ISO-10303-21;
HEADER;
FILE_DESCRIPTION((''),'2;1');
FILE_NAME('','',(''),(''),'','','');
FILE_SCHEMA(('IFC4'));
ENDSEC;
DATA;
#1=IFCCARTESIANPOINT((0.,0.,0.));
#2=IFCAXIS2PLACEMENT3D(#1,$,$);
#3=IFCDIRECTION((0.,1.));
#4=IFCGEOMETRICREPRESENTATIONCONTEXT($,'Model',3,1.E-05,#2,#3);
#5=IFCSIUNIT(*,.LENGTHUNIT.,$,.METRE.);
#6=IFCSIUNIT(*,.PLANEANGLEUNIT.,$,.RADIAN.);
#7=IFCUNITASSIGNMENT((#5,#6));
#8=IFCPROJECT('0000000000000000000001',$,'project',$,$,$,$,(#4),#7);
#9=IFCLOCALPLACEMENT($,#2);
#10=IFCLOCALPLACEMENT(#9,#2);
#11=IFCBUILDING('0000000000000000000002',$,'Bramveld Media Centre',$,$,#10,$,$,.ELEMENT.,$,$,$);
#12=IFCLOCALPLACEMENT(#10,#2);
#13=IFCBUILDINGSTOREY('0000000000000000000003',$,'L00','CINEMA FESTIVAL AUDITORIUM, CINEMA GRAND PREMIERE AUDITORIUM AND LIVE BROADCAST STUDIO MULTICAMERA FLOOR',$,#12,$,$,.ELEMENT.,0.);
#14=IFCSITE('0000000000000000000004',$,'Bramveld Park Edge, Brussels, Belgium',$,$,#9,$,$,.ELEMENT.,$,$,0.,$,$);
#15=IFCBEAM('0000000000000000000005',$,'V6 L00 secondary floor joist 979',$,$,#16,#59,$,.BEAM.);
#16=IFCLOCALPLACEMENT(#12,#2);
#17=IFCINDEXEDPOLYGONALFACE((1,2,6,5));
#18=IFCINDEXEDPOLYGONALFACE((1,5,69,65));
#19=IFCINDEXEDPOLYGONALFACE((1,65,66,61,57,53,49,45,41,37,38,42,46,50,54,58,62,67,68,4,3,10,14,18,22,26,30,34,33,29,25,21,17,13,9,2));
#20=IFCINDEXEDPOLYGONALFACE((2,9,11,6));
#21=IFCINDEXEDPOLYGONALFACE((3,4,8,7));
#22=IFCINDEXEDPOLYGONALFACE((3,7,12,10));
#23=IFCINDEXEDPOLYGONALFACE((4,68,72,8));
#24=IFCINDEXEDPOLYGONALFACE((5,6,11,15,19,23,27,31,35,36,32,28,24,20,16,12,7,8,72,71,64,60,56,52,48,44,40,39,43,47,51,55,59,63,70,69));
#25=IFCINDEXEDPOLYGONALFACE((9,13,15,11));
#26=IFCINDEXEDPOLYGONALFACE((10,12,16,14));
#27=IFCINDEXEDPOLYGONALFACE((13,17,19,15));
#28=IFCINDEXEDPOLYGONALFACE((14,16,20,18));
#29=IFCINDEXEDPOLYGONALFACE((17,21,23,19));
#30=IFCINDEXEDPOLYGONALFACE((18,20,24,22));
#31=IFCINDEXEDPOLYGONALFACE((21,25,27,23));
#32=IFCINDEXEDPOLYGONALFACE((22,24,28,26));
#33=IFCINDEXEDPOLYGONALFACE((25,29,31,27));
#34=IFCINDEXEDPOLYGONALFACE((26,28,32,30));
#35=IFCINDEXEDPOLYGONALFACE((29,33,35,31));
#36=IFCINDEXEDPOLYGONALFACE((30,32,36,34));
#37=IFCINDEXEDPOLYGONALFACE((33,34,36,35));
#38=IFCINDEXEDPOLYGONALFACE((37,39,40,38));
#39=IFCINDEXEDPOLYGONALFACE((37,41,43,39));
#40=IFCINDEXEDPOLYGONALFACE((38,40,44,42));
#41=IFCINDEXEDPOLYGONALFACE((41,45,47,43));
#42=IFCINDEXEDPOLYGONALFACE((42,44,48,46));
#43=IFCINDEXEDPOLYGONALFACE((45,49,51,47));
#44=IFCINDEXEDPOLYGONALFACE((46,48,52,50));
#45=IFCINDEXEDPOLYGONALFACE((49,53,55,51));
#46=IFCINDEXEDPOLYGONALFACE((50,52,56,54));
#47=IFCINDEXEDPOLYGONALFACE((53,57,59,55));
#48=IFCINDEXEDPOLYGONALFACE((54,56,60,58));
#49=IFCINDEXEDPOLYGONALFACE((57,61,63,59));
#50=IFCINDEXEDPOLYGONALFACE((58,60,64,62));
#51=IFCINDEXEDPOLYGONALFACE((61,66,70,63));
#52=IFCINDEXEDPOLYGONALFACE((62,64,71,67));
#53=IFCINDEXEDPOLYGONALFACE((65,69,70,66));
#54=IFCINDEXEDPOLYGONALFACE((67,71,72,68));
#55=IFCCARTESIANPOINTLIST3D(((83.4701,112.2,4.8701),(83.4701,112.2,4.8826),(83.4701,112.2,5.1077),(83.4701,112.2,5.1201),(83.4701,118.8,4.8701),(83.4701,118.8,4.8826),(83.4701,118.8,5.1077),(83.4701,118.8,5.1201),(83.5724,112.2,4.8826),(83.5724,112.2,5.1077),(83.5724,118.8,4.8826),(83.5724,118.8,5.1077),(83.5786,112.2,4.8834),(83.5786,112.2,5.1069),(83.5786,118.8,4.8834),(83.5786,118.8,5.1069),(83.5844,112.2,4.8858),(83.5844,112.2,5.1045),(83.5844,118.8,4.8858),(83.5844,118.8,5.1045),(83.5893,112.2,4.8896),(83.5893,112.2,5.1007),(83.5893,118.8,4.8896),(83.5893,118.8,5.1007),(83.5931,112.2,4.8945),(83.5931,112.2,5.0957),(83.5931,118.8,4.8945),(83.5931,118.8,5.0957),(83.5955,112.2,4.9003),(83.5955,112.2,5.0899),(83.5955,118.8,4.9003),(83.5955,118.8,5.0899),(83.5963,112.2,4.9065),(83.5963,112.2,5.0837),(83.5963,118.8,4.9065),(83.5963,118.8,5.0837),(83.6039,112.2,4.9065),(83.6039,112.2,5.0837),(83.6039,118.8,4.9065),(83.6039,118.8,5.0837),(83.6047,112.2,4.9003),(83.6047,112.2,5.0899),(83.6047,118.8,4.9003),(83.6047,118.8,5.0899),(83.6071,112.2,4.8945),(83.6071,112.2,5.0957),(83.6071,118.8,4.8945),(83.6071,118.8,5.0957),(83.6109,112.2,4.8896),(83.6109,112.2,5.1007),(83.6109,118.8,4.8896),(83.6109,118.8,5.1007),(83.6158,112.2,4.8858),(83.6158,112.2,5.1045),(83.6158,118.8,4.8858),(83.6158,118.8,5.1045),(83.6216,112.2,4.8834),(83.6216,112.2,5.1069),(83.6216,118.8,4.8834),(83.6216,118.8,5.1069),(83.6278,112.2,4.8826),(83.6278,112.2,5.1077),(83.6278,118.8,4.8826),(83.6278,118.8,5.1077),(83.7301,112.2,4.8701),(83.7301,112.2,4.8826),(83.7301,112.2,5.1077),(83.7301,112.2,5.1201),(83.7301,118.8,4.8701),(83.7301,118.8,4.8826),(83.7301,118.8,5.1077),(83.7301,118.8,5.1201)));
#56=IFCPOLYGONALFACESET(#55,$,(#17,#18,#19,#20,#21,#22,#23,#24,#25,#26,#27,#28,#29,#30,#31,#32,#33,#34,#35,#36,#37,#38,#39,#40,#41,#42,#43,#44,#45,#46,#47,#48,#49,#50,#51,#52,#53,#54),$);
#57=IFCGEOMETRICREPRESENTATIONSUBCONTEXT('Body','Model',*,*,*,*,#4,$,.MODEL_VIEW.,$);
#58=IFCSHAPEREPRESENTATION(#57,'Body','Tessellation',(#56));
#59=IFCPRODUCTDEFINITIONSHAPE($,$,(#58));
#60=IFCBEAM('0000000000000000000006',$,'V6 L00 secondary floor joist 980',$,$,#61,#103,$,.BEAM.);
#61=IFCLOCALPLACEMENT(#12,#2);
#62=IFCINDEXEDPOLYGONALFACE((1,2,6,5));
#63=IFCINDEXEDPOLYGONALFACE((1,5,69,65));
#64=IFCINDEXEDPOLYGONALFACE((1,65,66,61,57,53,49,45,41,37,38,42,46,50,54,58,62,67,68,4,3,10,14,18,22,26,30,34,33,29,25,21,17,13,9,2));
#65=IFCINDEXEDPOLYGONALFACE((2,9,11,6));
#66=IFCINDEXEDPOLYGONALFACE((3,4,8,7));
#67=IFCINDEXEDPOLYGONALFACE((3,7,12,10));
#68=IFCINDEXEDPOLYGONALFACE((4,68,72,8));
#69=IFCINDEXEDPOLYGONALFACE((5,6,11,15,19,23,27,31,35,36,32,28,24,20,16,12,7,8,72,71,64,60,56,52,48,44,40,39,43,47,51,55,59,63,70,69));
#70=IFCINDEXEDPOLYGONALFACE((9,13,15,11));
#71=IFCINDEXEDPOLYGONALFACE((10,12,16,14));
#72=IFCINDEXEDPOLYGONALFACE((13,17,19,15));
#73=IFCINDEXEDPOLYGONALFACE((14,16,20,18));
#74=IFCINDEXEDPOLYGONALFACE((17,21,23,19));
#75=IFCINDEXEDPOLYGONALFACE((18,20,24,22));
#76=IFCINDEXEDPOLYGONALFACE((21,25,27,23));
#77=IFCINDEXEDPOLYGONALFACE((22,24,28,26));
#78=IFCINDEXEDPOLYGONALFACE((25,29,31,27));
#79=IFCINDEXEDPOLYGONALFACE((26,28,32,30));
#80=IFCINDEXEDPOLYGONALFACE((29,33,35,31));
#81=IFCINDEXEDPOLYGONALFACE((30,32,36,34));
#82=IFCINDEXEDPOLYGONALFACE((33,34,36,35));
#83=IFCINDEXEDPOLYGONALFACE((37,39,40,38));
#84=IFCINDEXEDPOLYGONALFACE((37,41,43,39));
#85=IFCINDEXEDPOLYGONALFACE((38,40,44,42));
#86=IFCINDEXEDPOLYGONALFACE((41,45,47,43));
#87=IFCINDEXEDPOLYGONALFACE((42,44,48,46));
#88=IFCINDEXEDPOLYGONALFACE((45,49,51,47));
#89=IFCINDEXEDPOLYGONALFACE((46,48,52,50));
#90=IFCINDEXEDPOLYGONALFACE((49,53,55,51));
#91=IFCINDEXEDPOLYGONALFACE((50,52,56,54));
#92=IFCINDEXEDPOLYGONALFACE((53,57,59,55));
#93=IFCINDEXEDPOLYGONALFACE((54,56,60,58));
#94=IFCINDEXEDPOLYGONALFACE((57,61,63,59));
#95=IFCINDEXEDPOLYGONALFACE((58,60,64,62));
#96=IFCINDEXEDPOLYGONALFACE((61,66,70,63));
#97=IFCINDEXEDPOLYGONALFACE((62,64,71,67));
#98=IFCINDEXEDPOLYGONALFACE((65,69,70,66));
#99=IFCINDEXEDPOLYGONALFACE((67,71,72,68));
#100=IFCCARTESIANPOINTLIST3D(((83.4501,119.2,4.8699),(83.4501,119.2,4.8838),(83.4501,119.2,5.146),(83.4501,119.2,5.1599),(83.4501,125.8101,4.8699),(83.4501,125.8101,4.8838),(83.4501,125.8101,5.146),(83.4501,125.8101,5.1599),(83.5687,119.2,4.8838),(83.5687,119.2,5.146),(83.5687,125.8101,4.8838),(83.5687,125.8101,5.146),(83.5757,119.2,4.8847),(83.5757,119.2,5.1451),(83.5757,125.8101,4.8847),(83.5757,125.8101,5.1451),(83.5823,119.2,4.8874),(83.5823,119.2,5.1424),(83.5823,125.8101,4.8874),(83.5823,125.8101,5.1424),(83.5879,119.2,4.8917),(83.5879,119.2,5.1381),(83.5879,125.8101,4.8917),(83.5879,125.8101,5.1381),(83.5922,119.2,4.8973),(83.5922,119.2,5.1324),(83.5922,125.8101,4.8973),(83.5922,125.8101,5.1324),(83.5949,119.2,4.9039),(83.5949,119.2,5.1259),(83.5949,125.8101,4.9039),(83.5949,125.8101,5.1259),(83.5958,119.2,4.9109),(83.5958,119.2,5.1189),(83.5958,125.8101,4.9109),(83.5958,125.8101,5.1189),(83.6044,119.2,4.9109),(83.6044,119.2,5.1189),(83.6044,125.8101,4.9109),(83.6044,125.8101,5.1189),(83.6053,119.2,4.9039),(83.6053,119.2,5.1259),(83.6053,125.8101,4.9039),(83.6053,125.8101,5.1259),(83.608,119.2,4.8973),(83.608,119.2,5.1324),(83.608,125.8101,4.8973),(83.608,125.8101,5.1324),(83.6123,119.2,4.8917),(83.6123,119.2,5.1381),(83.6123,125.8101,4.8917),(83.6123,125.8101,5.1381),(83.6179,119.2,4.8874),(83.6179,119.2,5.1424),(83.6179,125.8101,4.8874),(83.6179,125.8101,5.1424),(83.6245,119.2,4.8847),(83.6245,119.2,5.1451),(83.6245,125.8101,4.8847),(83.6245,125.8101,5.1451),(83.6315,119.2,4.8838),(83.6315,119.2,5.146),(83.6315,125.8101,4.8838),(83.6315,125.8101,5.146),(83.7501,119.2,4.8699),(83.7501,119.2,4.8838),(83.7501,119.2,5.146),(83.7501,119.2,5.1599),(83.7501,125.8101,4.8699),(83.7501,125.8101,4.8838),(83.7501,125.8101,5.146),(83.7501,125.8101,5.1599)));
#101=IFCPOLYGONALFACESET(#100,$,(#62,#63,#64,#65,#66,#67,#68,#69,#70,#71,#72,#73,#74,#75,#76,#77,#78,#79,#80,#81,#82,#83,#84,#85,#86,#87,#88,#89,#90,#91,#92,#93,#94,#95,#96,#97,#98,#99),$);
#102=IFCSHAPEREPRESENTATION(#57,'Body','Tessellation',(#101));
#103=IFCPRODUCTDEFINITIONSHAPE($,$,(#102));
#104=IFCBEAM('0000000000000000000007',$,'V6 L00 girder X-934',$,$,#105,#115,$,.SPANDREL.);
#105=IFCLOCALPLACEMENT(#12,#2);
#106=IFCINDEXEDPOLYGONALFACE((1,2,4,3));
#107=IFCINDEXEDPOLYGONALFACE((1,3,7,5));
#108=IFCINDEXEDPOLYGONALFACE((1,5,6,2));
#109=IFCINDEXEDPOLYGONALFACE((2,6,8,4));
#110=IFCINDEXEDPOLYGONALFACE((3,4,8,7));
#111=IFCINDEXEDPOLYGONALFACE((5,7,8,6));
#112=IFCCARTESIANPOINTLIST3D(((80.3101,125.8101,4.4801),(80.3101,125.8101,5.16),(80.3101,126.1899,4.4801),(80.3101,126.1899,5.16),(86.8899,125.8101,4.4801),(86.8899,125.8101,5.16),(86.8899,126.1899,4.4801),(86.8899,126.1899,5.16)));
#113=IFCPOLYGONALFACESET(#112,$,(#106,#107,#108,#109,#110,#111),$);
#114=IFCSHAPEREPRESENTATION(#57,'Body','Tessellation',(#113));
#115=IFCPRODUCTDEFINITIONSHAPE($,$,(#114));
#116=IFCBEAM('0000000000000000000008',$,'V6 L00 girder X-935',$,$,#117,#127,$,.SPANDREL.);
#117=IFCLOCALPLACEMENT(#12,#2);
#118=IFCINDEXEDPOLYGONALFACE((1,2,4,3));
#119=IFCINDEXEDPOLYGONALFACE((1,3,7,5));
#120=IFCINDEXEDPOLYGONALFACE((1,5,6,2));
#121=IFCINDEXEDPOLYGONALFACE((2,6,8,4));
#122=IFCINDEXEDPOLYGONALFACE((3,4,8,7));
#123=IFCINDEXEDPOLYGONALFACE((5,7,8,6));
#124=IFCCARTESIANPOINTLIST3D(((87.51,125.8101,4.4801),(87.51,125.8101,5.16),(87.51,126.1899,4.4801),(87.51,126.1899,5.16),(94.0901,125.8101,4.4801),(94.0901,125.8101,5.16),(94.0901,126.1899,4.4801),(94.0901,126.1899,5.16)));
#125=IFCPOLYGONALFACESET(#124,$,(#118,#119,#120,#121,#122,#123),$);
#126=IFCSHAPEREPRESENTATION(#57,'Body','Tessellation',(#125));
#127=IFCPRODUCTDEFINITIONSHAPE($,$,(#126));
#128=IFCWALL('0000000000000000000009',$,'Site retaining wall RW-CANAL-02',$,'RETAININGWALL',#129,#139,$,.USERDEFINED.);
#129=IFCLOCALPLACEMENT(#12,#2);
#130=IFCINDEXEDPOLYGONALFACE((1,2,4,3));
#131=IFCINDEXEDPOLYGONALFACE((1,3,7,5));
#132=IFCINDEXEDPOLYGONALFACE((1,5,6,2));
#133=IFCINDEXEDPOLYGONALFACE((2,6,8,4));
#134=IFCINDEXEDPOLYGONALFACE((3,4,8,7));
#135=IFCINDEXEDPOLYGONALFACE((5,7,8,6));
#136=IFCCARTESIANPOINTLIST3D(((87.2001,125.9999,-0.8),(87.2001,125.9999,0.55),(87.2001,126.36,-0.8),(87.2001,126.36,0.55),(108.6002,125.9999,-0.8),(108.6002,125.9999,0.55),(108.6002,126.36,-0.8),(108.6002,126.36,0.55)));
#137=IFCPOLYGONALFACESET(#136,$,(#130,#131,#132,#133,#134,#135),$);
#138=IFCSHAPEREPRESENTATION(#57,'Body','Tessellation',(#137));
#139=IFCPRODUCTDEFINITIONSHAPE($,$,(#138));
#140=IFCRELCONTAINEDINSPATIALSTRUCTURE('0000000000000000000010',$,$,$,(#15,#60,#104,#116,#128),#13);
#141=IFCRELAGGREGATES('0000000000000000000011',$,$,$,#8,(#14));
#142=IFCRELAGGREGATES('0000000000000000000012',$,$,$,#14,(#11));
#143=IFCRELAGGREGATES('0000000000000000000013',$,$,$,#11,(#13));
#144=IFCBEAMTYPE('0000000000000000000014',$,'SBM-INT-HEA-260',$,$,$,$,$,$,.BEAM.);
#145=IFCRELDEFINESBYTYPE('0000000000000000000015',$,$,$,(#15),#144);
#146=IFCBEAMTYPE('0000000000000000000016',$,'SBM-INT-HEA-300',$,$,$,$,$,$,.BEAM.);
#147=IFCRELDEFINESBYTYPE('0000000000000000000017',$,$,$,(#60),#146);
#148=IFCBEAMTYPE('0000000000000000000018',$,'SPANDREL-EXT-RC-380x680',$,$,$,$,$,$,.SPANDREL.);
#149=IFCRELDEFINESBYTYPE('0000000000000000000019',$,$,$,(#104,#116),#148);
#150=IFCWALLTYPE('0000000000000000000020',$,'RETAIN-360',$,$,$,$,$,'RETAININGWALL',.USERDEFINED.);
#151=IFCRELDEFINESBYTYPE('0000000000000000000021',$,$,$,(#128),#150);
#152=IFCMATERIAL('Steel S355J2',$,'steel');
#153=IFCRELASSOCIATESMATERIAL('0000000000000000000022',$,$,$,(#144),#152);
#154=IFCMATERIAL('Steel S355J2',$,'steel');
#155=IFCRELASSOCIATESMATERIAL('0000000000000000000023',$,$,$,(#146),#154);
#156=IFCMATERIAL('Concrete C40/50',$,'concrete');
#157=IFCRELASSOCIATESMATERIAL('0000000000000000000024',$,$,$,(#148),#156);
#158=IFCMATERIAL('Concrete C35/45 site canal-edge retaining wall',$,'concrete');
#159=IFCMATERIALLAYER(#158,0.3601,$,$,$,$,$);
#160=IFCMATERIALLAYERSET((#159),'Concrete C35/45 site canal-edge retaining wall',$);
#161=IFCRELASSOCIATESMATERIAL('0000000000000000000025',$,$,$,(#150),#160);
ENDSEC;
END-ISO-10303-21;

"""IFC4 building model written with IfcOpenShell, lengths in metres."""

from ifc_helpers import new_model, si_unit, direction, frame, frame_2d, origin, origin_2d, place, context, subcontext, project, spatial, rectangle, i_section, extrude, material, layer, layer_set, material_profile, profile_set, type_object, element, save


model = new_model("IFC4")

# Units and contexts
model_context = context("Model", 3, precision=1e-05, world=origin(), true_north=direction((0.0, 1.0)))
body_context = subcontext(model_context, "Body", "Model", "MODEL_VIEW")
ifc_project = project(units=[si_unit("LENGTHUNIT", "METRE"), si_unit("PLANEANGLEUNIT", "RADIAN")], contexts=[model_context])

# Site, building, storey
site_placement = place(None, origin())
site = spatial("IfcSite", under=ifc_project, at=site_placement, Name="Bramveld Park Edge, Brussels, Belgium", CompositionType="ELEMENT", RefElevation=0.0)
building_placement = place(site_placement, origin())
building = spatial("IfcBuilding", under=site, at=building_placement, Name="Bramveld Media Centre", CompositionType="ELEMENT")
storey_placement = place(building_placement, origin())
storey = spatial("IfcBuildingStorey", under=building, at=storey_placement, Name="L00", Description="CINEMA FESTIVAL AUDITORIUM, CINEMA GRAND PREMIERE AUDITORIUM AND LIVE BROADCAST STUDIO MULTICAMERA FLOOR", CompositionType="ELEMENT", Elevation=0.0)

# Beams
ifc_material_1 = material(Name="Steel S355J2", Category="steel")
ifc_material_profile_1 = material_profile(ifc_material_1, i_section(OverallWidth=0.26, OverallDepth=0.25, WebThickness=0.0076, FlangeThickness=0.0125, FilletRadius=0.0239, at=origin_2d()), Name="HEA 260")
ifc_profile_set_1 = profile_set([ifc_material_profile_1], Name="Steel S355J2")
beam_type_1 = type_object("IfcBeamType", Name="SBM-INT-HEA-260", PredefinedType="BEAM", material=ifc_profile_set_1)
beam_1_placement = place(storey_placement, frame((83.6001, 112.2, 4.9951), z_axis=(0.0, 1.0, 0.0), x_axis=(-1.0, 0.0, 0.0)))
element("IfcBeam", 1, at=beam_1_placement, inside=storey, type_object=beam_type_1, Name="V6 L00 secondary floor joist 979", PredefinedType="BEAM", context=body_context, shape_type="SweptSolid", body=[
    extrude(i_section(OverallWidth=0.26, OverallDepth=0.25, WebThickness=0.0076, FlangeThickness=0.0125, FilletRadius=0.0239, at=origin_2d()), origin(), (0.0, 0.0, 1.0), 6.6001),
])
ifc_material_2 = material(Name="Steel S355J2", Category="steel")
ifc_material_profile_2 = material_profile(ifc_material_2, i_section(OverallWidth=0.3, OverallDepth=0.29, WebThickness=0.0085, FlangeThickness=0.0139, FilletRadius=0.0271, at=origin_2d()), Name="HEA 300")
ifc_profile_set_2 = profile_set([ifc_material_profile_2], Name="Steel S355J2")
beam_type_2 = type_object("IfcBeamType", Name="SBM-INT-HEA-300", PredefinedType="BEAM", material=ifc_profile_set_2)
beam_2_placement = place(storey_placement, frame((83.6001, 119.2, 5.0149), z_axis=(0.0, 1.0, 0.0), x_axis=(-1.0, 0.0, 0.0)))
element("IfcBeam", 2, at=beam_2_placement, inside=storey, type_object=beam_type_2, Name="V6 L00 secondary floor joist 980", PredefinedType="BEAM", context=body_context, shape_type="SweptSolid", body=[
    extrude(i_section(OverallWidth=0.3, OverallDepth=0.29, WebThickness=0.0085, FlangeThickness=0.0139, FilletRadius=0.0271, at=origin_2d()), origin(), (0.0, 0.0, 1.0), 6.6101),
])
ifc_material_3 = material(Name="Concrete C40/50", Category="concrete")
ifc_material_profile_3 = material_profile(ifc_material_3, rectangle(XDim=0.3799, YDim=0.6799, at=origin_2d()), Name="RC 380x680")
ifc_profile_set_3 = profile_set([ifc_material_profile_3], Name="Concrete C40/50")
beam_type_3 = type_object("IfcBeamType", Name="SPANDREL-EXT-RC-380x680", PredefinedType="SPANDREL", material=ifc_profile_set_3)
beam_3_placement = place(storey_placement, frame((80.3101, 126.0, 4.8201), z_axis=(1.0, 0.0, 0.0), x_axis=(0.0, 1.0, 0.0)))
element("IfcBeam", 3, at=beam_3_placement, inside=storey, type_object=beam_type_3, Name="V6 L00 girder X-934", PredefinedType="SPANDREL", context=body_context, shape_type="SweptSolid", body=[
    extrude(rectangle(XDim=0.3799, YDim=0.6799, at=origin_2d()), origin(), (0.0, 0.0, 1.0), 6.5798),
])
beam_4_placement = place(storey_placement, frame((87.51, 126.0, 4.8201), z_axis=(1.0, 0.0, 0.0), x_axis=(0.0, 1.0, 0.0)))
element("IfcBeam", 4, at=beam_4_placement, inside=storey, type_object=beam_type_3, Name="V6 L00 girder X-935", PredefinedType="SPANDREL", context=body_context, shape_type="SweptSolid", body=[
    extrude(rectangle(XDim=0.3799, YDim=0.6799, at=origin_2d()), origin(), (0.0, 0.0, 1.0), 6.5801),
])

# Wall
ifc_material_4 = material(Name="Concrete C35/45 site canal-edge retaining wall", Category="concrete")
ifc_layer = layer(ifc_material_4, 0.3601)
ifc_layer_set = layer_set([ifc_layer], Name="Concrete C35/45 site canal-edge retaining wall")
wall_type = type_object("IfcWallType", Name="RETAIN-360", ElementType="RETAININGWALL", PredefinedType="USERDEFINED", material=ifc_layer_set)
wall_placement = place(storey_placement, frame((87.2, 126.1799, -0.8), z_axis=(0.0, 0.0, 1.0), x_axis=(1.0, 0.0, 0.0)))
element("IfcWall", 5, at=wall_placement, inside=storey, type_object=wall_type, Name="Site retaining wall RW-CANAL-02", ObjectType="RETAININGWALL", PredefinedType="USERDEFINED", context=body_context, shape_type="SweptSolid", body=[
    extrude(rectangle(XDim=21.4001, YDim=0.3601, at=frame_2d((10.7002, 0.0))), origin(), (0.0, 0.0, 1.0), 1.3501),
])

save(model, "model.ifc")
